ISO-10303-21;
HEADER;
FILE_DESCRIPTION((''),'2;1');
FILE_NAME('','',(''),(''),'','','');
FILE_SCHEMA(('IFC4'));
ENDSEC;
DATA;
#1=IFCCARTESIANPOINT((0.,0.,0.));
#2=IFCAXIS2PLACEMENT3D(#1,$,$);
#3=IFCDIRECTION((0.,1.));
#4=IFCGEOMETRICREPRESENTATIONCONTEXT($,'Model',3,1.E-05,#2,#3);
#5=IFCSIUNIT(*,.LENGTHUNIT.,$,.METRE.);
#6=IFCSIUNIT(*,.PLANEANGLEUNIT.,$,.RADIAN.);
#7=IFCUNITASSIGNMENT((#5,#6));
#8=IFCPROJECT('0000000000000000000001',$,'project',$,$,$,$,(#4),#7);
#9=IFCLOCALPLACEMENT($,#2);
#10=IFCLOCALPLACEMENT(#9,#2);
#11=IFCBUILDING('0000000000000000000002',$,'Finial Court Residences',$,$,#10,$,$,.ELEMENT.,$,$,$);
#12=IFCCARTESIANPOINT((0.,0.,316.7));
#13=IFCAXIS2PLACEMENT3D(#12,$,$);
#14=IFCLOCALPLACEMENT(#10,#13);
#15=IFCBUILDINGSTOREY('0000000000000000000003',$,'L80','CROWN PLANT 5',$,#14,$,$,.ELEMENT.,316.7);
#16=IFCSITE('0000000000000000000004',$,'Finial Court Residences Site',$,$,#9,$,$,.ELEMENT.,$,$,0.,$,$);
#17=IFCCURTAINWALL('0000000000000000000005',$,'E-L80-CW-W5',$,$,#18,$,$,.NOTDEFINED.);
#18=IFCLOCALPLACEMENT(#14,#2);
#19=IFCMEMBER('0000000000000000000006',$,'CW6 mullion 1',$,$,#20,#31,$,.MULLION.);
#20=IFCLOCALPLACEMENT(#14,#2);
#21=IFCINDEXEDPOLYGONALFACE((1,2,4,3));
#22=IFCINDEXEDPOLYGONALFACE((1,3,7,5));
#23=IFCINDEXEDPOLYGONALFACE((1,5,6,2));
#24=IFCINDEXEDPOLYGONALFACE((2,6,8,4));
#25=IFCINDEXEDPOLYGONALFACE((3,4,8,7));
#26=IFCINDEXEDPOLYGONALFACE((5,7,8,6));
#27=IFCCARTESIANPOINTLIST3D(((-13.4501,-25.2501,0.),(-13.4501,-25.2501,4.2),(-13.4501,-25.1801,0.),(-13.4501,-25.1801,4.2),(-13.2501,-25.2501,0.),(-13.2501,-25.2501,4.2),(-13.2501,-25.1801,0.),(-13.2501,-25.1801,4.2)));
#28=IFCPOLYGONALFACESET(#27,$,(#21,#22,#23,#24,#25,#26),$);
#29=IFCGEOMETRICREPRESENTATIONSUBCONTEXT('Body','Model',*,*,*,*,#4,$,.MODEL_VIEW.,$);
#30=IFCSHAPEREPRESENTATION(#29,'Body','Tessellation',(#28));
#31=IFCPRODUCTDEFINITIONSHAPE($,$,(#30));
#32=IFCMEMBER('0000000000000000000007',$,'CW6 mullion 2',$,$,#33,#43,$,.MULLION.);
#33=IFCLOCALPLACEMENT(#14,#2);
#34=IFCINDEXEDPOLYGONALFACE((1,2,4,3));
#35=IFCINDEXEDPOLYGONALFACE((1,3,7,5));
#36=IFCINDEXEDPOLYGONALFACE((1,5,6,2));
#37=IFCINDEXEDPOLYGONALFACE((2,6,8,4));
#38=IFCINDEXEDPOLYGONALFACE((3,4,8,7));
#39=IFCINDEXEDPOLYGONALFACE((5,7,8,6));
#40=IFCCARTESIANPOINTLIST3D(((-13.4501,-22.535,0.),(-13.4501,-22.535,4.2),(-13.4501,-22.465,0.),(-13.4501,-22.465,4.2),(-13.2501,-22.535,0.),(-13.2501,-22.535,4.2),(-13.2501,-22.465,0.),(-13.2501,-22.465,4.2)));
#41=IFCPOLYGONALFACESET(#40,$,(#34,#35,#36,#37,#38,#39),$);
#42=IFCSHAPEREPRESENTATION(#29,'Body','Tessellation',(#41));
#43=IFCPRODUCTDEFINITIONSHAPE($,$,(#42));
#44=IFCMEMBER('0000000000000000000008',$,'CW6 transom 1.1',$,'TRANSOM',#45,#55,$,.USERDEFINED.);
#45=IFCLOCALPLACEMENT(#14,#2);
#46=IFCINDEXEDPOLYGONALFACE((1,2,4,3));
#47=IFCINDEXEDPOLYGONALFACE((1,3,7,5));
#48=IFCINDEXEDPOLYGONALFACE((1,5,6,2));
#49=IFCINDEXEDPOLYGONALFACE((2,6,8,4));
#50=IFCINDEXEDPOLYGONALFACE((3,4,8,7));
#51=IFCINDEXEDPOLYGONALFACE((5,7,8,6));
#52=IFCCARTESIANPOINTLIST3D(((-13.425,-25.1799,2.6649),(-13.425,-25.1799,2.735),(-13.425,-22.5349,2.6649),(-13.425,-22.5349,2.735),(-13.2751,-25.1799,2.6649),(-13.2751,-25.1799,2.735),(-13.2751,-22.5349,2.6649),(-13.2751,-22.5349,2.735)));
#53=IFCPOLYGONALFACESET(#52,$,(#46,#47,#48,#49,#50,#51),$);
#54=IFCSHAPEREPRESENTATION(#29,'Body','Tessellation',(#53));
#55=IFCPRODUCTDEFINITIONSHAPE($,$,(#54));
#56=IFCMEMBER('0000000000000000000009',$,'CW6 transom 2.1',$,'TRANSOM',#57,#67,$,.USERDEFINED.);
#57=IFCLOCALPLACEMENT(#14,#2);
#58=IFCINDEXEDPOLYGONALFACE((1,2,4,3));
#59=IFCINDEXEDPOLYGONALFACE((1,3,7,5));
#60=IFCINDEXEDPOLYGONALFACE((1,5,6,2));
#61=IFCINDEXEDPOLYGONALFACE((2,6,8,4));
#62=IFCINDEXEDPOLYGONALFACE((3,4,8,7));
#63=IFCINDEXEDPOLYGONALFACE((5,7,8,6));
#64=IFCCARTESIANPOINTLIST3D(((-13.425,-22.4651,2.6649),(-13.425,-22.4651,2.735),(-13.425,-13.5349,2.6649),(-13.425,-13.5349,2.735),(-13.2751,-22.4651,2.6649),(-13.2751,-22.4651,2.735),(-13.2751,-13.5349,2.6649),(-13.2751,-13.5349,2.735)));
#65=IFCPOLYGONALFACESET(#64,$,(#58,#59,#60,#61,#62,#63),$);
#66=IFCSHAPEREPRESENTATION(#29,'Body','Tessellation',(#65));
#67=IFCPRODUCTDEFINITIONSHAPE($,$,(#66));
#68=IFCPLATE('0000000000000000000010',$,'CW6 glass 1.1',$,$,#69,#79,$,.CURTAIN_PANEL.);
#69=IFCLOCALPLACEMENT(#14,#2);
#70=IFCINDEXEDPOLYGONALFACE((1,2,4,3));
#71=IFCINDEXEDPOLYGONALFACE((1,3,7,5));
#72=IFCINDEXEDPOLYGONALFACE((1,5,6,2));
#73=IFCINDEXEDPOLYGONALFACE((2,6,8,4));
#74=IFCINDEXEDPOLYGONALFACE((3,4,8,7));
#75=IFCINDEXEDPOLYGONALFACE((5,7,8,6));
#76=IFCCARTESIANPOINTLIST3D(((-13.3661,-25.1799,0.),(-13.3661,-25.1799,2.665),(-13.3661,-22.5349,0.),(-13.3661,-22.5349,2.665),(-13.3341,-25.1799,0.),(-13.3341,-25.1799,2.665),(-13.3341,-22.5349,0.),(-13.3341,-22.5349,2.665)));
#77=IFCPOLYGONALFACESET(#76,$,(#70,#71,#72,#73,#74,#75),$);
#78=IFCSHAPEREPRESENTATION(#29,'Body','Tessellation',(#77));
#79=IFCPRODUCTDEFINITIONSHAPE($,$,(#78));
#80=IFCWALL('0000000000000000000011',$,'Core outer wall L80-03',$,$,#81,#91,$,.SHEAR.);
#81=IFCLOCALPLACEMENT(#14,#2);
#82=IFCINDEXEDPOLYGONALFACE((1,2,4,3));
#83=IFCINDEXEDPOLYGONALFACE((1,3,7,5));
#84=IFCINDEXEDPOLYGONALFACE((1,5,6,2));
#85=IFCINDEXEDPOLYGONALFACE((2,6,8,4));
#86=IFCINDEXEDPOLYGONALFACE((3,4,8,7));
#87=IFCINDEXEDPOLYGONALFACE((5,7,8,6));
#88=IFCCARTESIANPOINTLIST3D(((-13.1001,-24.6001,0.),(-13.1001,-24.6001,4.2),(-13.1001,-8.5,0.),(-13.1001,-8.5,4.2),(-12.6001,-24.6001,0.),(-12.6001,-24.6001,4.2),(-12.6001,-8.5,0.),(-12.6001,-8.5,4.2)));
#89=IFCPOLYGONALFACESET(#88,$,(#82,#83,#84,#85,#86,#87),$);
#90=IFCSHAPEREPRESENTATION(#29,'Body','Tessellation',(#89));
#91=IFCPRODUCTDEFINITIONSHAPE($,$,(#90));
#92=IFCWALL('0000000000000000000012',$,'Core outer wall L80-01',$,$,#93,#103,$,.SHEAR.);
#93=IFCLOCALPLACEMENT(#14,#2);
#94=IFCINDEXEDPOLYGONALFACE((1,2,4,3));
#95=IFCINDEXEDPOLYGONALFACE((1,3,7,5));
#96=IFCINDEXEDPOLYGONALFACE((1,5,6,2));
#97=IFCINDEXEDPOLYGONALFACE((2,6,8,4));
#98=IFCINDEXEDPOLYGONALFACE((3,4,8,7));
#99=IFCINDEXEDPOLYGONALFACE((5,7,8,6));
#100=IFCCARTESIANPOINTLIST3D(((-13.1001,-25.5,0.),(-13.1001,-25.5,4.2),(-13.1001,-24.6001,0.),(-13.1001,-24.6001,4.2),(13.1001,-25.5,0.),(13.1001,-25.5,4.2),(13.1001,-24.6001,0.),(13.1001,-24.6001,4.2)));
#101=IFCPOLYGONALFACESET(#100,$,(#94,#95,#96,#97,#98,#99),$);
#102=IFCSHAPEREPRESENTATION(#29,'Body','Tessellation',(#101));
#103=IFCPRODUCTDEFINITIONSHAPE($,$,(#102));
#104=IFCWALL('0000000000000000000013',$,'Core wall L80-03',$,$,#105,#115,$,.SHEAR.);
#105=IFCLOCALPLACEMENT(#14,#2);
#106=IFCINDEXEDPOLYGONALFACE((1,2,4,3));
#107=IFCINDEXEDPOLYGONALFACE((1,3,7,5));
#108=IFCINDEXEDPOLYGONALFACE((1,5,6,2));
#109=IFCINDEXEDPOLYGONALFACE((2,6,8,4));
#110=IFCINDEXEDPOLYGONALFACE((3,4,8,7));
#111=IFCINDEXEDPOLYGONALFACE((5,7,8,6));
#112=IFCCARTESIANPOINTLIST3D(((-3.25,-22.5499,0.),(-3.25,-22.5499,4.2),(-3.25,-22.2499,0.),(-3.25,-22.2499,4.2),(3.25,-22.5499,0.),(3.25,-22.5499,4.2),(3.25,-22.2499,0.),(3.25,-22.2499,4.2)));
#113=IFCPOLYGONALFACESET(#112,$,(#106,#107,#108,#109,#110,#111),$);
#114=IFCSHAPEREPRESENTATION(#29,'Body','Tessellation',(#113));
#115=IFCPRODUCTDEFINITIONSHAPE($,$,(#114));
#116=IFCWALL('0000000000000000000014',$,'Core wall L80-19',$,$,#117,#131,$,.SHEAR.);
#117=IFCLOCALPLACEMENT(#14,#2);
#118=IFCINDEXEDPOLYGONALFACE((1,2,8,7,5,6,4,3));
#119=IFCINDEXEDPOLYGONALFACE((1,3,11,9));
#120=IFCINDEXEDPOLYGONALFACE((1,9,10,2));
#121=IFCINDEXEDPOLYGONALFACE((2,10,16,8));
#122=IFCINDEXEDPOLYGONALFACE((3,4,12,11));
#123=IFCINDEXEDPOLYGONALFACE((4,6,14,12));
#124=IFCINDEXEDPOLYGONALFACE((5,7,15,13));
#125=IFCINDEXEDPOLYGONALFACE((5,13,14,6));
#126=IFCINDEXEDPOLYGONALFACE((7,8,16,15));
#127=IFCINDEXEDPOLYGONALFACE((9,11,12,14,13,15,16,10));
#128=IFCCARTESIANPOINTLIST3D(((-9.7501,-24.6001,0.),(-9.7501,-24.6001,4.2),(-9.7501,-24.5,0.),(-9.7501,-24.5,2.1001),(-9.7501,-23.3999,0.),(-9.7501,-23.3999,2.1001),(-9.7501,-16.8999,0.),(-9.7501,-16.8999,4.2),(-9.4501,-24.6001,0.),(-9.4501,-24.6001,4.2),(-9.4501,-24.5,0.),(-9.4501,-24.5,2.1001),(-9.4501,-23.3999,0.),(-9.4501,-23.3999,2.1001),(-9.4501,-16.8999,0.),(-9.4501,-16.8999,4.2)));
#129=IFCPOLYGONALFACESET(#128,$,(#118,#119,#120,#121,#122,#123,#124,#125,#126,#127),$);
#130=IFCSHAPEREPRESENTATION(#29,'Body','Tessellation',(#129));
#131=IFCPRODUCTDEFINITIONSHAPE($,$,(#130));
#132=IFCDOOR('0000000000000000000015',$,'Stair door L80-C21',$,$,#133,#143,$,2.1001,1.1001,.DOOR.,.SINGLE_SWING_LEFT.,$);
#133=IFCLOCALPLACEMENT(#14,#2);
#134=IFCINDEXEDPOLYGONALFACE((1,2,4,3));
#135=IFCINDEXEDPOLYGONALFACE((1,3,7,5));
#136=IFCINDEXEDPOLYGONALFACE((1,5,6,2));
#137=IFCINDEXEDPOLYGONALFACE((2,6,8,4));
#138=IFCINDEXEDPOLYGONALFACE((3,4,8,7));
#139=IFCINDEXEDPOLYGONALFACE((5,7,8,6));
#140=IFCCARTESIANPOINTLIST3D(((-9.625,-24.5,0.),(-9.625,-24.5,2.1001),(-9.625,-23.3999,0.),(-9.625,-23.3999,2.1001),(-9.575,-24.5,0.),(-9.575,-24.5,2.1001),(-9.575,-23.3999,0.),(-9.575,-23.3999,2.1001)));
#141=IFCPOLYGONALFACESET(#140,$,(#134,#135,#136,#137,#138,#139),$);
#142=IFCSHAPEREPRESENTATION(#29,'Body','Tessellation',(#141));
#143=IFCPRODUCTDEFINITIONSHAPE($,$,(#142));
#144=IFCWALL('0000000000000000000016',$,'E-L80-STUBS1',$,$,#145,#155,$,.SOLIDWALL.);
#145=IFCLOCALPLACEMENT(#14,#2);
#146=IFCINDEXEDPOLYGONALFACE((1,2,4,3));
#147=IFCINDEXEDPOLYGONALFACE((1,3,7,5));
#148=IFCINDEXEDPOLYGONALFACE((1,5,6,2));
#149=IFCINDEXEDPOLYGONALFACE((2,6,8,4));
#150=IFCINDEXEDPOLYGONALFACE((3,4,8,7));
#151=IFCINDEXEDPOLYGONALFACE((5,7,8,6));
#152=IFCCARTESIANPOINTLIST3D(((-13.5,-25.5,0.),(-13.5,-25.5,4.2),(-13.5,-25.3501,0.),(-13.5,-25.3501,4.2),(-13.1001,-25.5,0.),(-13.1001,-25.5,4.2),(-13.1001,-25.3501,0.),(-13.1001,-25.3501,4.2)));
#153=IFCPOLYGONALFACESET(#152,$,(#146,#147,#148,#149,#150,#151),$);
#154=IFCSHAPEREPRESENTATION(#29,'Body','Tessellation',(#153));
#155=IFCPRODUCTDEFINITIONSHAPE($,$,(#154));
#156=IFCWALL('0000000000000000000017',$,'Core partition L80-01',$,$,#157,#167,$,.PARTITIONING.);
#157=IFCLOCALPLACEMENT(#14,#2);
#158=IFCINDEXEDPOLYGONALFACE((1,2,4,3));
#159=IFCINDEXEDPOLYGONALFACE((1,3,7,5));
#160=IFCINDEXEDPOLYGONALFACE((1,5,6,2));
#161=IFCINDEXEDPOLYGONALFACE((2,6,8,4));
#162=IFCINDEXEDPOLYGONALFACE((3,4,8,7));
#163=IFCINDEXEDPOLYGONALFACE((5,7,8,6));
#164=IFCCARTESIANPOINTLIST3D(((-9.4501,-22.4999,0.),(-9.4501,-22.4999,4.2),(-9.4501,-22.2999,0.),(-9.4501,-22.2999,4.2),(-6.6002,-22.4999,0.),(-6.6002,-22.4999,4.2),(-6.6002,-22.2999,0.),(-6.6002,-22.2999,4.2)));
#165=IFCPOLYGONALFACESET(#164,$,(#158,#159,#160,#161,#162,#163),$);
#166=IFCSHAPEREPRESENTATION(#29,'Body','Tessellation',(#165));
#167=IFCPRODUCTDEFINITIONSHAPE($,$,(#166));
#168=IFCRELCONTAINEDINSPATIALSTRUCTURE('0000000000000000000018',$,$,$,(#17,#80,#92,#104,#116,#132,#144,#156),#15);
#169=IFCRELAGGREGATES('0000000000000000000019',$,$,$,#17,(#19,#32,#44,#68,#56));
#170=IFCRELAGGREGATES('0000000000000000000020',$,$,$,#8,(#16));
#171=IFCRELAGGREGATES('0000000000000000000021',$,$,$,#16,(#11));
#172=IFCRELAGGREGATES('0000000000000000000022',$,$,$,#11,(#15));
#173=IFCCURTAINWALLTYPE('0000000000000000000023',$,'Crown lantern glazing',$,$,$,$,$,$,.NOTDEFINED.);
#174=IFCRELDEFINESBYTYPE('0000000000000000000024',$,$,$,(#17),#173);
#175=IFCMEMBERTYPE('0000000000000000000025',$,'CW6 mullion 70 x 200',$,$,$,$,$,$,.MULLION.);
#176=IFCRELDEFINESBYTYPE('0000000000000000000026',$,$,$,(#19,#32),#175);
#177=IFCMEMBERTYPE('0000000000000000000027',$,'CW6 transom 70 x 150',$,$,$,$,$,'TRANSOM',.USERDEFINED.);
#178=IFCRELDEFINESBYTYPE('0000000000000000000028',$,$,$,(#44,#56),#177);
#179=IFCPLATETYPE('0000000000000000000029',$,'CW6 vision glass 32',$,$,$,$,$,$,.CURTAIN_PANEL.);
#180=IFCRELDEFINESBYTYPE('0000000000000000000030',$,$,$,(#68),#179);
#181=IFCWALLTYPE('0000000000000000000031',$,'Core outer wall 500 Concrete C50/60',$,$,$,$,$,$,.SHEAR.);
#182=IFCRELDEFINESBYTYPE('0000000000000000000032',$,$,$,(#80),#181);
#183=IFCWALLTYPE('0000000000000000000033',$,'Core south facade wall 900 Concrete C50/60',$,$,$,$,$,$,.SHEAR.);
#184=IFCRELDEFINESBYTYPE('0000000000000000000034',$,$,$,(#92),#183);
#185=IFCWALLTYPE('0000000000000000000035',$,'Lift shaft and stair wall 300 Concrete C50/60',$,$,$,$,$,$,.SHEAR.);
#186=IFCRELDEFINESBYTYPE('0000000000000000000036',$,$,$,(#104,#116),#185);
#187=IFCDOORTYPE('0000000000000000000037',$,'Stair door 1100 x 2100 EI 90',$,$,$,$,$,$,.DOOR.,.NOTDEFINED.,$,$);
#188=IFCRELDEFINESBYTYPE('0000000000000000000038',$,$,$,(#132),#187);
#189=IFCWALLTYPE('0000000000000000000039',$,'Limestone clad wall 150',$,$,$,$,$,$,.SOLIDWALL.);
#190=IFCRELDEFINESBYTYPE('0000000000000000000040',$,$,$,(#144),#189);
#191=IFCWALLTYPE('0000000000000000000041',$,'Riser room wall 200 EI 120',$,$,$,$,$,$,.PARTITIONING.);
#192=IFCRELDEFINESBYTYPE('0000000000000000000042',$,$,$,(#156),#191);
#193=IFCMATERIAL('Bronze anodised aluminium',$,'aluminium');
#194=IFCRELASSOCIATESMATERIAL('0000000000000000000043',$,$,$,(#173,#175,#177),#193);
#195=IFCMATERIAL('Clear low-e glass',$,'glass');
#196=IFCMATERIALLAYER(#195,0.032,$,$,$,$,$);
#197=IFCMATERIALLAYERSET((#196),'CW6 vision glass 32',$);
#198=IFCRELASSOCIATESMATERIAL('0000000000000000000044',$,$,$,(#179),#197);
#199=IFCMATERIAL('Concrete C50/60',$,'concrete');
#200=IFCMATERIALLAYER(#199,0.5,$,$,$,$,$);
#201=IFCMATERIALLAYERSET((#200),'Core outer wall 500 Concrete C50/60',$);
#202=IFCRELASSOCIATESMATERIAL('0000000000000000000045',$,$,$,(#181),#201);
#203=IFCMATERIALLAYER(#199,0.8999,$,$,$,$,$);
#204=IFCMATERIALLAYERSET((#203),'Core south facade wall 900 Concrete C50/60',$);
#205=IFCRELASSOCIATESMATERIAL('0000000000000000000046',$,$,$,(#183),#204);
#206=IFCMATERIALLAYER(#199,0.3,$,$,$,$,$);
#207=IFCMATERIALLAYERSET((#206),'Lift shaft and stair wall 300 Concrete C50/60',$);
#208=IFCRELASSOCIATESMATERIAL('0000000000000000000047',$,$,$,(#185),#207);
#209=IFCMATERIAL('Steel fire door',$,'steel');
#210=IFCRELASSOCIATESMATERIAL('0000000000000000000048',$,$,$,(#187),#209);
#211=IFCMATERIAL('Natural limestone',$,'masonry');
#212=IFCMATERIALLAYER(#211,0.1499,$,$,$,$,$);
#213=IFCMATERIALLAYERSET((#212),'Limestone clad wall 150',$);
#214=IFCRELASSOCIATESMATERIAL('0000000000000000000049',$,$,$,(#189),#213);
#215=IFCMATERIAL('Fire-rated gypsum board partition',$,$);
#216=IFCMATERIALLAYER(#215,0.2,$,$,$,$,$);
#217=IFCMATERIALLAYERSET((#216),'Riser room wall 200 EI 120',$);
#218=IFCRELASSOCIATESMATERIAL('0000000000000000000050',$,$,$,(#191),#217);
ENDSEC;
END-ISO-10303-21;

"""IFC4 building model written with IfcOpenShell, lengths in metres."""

from ifc_helpers import new_model, si_unit, direction, frame, frame_2d, origin, origin_2d, place, context, subcontext, project, spatial, rectangle, extrude, material, layer, layer_set, material_profile, profile_set, type_object, element, fill, aggregate, save


model = new_model("IFC4")

# Units and contexts
model_context = context("Model", 3, precision=1e-05, world=origin(), true_north=direction((0.0, 1.0)))
body_context = subcontext(model_context, "Body", "Model", "MODEL_VIEW")
ifc_project = project(units=[si_unit("LENGTHUNIT", "METRE"), si_unit("PLANEANGLEUNIT", "RADIAN")], contexts=[model_context])

# Site, building, storey
site_placement = place(None, origin())
site = spatial("IfcSite", under=ifc_project, at=site_placement, Name="Finial Court Residences Site", CompositionType="ELEMENT", RefElevation=0.0)
building_placement = place(site_placement, origin())
building = spatial("IfcBuilding", under=site, at=building_placement, Name="Finial Court Residences", CompositionType="ELEMENT")
storey_placement = place(building_placement, frame((0.0, 0.0, 316.7)))
storey = spatial("IfcBuildingStorey", under=building, at=storey_placement, Name="L80", Description="CROWN PLANT 5", CompositionType="ELEMENT", Elevation=316.7)

# Curtain wall, members, plate
ifc_material_1 = material(Name="Bronze anodised aluminium", Category="aluminium")
curtain_wall_type = type_object("IfcCurtainWallType", Name="Crown lantern glazing", PredefinedType="NOTDEFINED", material=ifc_material_1)
curtain_wall_placement = place(storey_placement, origin())
curtain_wall = element("IfcCurtainWall", 1, at=curtain_wall_placement, inside=storey, type_object=curtain_wall_type, Name="E-L80-CW-W5", PredefinedType="NOTDEFINED")
ifc_material_profile_1 = material_profile(ifc_material_1, rectangle(XDim=0.2, YDim=0.0701, at=origin_2d()), Name="CW6 mullion 70 x 200")
ifc_profile_set_1 = profile_set([ifc_material_profile_1], Name="Bronze anodised aluminium")
member_type_1 = type_object("IfcMemberType", Name="CW6 mullion 70 x 200", PredefinedType="MULLION", material=ifc_profile_set_1)
member_1_placement = place(storey_placement, frame((-13.3501, -25.2151, 0.0), z_axis=(0.0, 0.0, 1.0), x_axis=(-1.0, 0.0, 0.0)))
member_1 = element("IfcMember", 2, at=member_1_placement, type_object=member_type_1, Name="CW6 mullion 1", PredefinedType="MULLION", context=body_context, shape_type="SweptSolid", body=[
    extrude(rectangle(XDim=0.2, YDim=0.0701, at=origin_2d()), origin(), (0.0, 0.0, 1.0), 4.2),
])
member_2_placement = place(storey_placement, frame((-13.3501, -22.5, 0.0), z_axis=(0.0, 0.0, 1.0), x_axis=(-1.0, 0.0, 0.0)))
member_2 = element("IfcMember", 3, at=member_2_placement, type_object=member_type_1, Name="CW6 mullion 2", PredefinedType="MULLION", context=body_context, shape_type="SweptSolid", body=[
    extrude(rectangle(XDim=0.2, YDim=0.0701, at=origin_2d()), origin(), (0.0, 0.0, 1.0), 4.2),
])
ifc_material_profile_2 = material_profile(ifc_material_1, rectangle(XDim=0.1499, YDim=0.0701, at=origin_2d()), Name="CW6 transom 70 x 150")
ifc_profile_set_2 = profile_set([ifc_material_profile_2], Name="Bronze anodised aluminium")
member_type_2 = type_object("IfcMemberType", Name="CW6 transom 70 x 150", ElementType="TRANSOM", PredefinedType="USERDEFINED", material=ifc_profile_set_2)
member_3_placement = place(storey_placement, frame((-13.3501, -25.1799, 2.7), z_axis=(0.0, 1.0, 0.0), x_axis=(-1.0, 0.0, 0.0)))
member_3 = element("IfcMember", 4, at=member_3_placement, type_object=member_type_2, Name="CW6 transom 1.1", ObjectType="TRANSOM", PredefinedType="USERDEFINED", context=body_context, shape_type="SweptSolid", body=[
    extrude(rectangle(XDim=0.1499, YDim=0.0701, at=origin_2d()), origin(), (0.0, 0.0, 1.0), 2.645),
])
member_4_placement = place(storey_placement, frame((-13.3501, -22.4651, 2.7), z_axis=(0.0, 1.0, 0.0), x_axis=(-1.0, 0.0, 0.0)))
member_4 = element("IfcMember", 5, at=member_4_placement, type_object=member_type_2, Name="CW6 transom 2.1", ObjectType="TRANSOM", PredefinedType="USERDEFINED", context=body_context, shape_type="SweptSolid", body=[
    extrude(rectangle(XDim=0.1499, YDim=0.0701, at=origin_2d()), origin(), (0.0, 0.0, 1.0), 8.9302),
])
ifc_material_2 = material(Name="Clear low-e glass", Category="glass")
ifc_layer_1 = layer(ifc_material_2, 0.032)
ifc_layer_set_1 = layer_set([ifc_layer_1], Name="CW6 vision glass 32")
plate_type = type_object("IfcPlateType", Name="CW6 vision glass 32", PredefinedType="CURTAIN_PANEL", material=ifc_layer_set_1)
plate_placement = place(storey_placement, frame((-13.3501, -23.8574, 0.0), z_axis=(0.0, 0.0, 1.0), x_axis=(0.0, 1.0, 0.0)))
plate = element("IfcPlate", 6, at=plate_placement, type_object=plate_type, Name="CW6 glass 1.1", PredefinedType="CURTAIN_PANEL", context=body_context, shape_type="SweptSolid", body=[
    extrude(rectangle(XDim=2.645, YDim=0.032, at=origin_2d()), origin(), (0.0, 0.0, 1.0), 2.665),
])

# Walls
ifc_material_3 = material(Name="Concrete C50/60", Category="concrete")
ifc_layer_2 = layer(ifc_material_3, 0.5)
ifc_layer_set_2 = layer_set([ifc_layer_2], Name="Core outer wall 500 Concrete C50/60")
wall_type_1 = type_object("IfcWallType", Name="Core outer wall 500 Concrete C50/60", PredefinedType="SHEAR", material=ifc_layer_set_2)
wall_1_placement = place(storey_placement, frame((-12.8501, -24.6001, 0.0), z_axis=(0.0, 0.0, 1.0), x_axis=(0.0, 1.0, 0.0)))
element("IfcWall", 7, at=wall_1_placement, inside=storey, type_object=wall_type_1, Name="Core outer wall L80-03", PredefinedType="SHEAR", context=body_context, shape_type="SweptSolid", body=[
    extrude(rectangle(XDim=16.1001, YDim=0.5, at=frame_2d((8.05, 0.0))), origin(), (0.0, 0.0, 1.0), 4.2),
])
ifc_layer_3 = layer(ifc_material_3, 0.8999)
ifc_layer_set_3 = layer_set([ifc_layer_3], Name="Core south facade wall 900 Concrete C50/60")
wall_type_2 = type_object("IfcWallType", Name="Core south facade wall 900 Concrete C50/60", PredefinedType="SHEAR", material=ifc_layer_set_3)
wall_2_placement = place(storey_placement, frame((-13.1001, -25.05, 0.0), z_axis=(0.0, 0.0, 1.0), x_axis=(1.0, 0.0, 0.0)))
element("IfcWall", 8, at=wall_2_placement, inside=storey, type_object=wall_type_2, Name="Core outer wall L80-01", PredefinedType="SHEAR", context=body_context, shape_type="SweptSolid", body=[
    extrude(rectangle(XDim=26.2002, YDim=0.8999, at=frame_2d((13.1001, 0.0))), origin(), (0.0, 0.0, 1.0), 4.2),
])
ifc_layer_4 = layer(ifc_material_3, 0.3)
ifc_layer_set_4 = layer_set([ifc_layer_4], Name="Lift shaft and stair wall 300 Concrete C50/60")
wall_type_3 = type_object("IfcWallType", Name="Lift shaft and stair wall 300 Concrete C50/60", PredefinedType="SHEAR", material=ifc_layer_set_4)
wall_3_placement = place(storey_placement, frame((-3.25, -22.3999, 0.0), z_axis=(0.0, 0.0, 1.0), x_axis=(1.0, 0.0, 0.0)))
element("IfcWall", 9, at=wall_3_placement, inside=storey, type_object=wall_type_3, Name="Core wall L80-03", PredefinedType="SHEAR", context=body_context, shape_type="SweptSolid", body=[
    extrude(rectangle(XDim=6.5, YDim=0.3, at=frame_2d((3.25, 0.0))), origin(), (0.0, 0.0, 1.0), 4.2),
])

# Wall, opening, door
wall_4_placement = place(storey_placement, frame((-9.6001, -24.6001, 0.0), z_axis=(0.0, 0.0, 1.0), x_axis=(0.0, 1.0, 0.0)))
wall_4 = element("IfcWall", 10, at=wall_4_placement, inside=storey, type_object=wall_type_3, Name="Core wall L80-19", PredefinedType="SHEAR", context=body_context, shape_type="SweptSolid", body=[
    extrude(rectangle(XDim=7.7002, YDim=0.3, at=frame_2d((3.8501, 0.0))), origin(), (0.0, 0.0, 1.0), 4.2),
])
opening_1_placement = place(wall_4_placement, frame((0.1001, 0.0, 0.0)))
opening_1 = element("IfcOpeningElement", 11, at=opening_1_placement, cuts=wall_4, PredefinedType="OPENING", context=body_context, shape_type="SweptSolid", body=[
    extrude(rectangle(XDim=1.1001, YDim=2.1001, at=frame_2d((0.55, 1.05))), frame((0.0, 0.1599, 0.0), z_axis=(0.0, -1.0, 0.0), x_axis=(1.0, 0.0, 0.0)), (0.0, 0.0, 1.0), 0.3201),
])
ifc_material_4 = material(Name="Steel fire door", Category="steel")
door_type_1 = type_object("IfcDoorType", Name="Stair door 1100 x 2100 EI 90", OperationType="NOTDEFINED", PredefinedType="DOOR", material=ifc_material_4)
door_1_placement = place(opening_1_placement, origin())
door_1 = element("IfcDoor", 12, at=door_1_placement, inside=storey, type_object=door_type_1, Name="Stair door L80-C21", OperationType="SINGLE_SWING_LEFT", OverallHeight=2.1001, OverallWidth=1.1001, PredefinedType="DOOR", context=body_context, shape_type="SweptSolid", body=[
    extrude(rectangle(XDim=1.1001, YDim=2.1001, at=frame_2d((0.55, 1.05))), frame((0.0, 0.0249, 0.0), z_axis=(0.0, -1.0, 0.0), x_axis=(1.0, 0.0, 0.0)), (0.0, 0.0, 1.0), 0.05),
])
fill(opening_1, door_1)

# Walls
ifc_material_5 = material(Name="Natural limestone", Category="masonry")
ifc_layer_5 = layer(ifc_material_5, 0.1499)
ifc_layer_set_5 = layer_set([ifc_layer_5], Name="Limestone clad wall 150")
wall_type_4 = type_object("IfcWallType", Name="Limestone clad wall 150", PredefinedType="SOLIDWALL", material=ifc_layer_set_5)
wall_5_placement = place(storey_placement, frame((-13.1001, -25.425, 0.0), z_axis=(0.0, 0.0, 1.0), x_axis=(-1.0, 0.0, 0.0)))
element("IfcWall", 13, at=wall_5_placement, inside=storey, type_object=wall_type_4, Name="E-L80-STUBS1", PredefinedType="SOLIDWALL", context=body_context, shape_type="SweptSolid", body=[
    extrude(rectangle(XDim=0.3999, YDim=0.1499, at=frame_2d((0.2, 0.0))), origin(), (0.0, 0.0, 1.0), 4.2),
])
ifc_material_6 = material(Name="Fire-rated gypsum board partition")
ifc_layer_6 = layer(ifc_material_6, 0.2)
ifc_layer_set_6 = layer_set([ifc_layer_6], Name="Riser room wall 200 EI 120")
wall_type_5 = type_object("IfcWallType", Name="Riser room wall 200 EI 120", PredefinedType="PARTITIONING", material=ifc_layer_set_6)
wall_6_placement = place(storey_placement, frame((-9.45, -22.3999, 0.0), z_axis=(0.0, 0.0, 1.0), x_axis=(1.0, 0.0, 0.0)))
element("IfcWall", 14, at=wall_6_placement, inside=storey, type_object=wall_type_5, Name="Core partition L80-01", PredefinedType="PARTITIONING", context=body_context, shape_type="SweptSolid", body=[
    extrude(rectangle(XDim=2.8499, YDim=0.2, at=frame_2d((1.4248, 0.0))), origin(), (0.0, 0.0, 1.0), 4.2),
])

aggregate(curtain_wall, [member_1, member_2, member_3, plate, member_4])

save(model, "model.ifc")
